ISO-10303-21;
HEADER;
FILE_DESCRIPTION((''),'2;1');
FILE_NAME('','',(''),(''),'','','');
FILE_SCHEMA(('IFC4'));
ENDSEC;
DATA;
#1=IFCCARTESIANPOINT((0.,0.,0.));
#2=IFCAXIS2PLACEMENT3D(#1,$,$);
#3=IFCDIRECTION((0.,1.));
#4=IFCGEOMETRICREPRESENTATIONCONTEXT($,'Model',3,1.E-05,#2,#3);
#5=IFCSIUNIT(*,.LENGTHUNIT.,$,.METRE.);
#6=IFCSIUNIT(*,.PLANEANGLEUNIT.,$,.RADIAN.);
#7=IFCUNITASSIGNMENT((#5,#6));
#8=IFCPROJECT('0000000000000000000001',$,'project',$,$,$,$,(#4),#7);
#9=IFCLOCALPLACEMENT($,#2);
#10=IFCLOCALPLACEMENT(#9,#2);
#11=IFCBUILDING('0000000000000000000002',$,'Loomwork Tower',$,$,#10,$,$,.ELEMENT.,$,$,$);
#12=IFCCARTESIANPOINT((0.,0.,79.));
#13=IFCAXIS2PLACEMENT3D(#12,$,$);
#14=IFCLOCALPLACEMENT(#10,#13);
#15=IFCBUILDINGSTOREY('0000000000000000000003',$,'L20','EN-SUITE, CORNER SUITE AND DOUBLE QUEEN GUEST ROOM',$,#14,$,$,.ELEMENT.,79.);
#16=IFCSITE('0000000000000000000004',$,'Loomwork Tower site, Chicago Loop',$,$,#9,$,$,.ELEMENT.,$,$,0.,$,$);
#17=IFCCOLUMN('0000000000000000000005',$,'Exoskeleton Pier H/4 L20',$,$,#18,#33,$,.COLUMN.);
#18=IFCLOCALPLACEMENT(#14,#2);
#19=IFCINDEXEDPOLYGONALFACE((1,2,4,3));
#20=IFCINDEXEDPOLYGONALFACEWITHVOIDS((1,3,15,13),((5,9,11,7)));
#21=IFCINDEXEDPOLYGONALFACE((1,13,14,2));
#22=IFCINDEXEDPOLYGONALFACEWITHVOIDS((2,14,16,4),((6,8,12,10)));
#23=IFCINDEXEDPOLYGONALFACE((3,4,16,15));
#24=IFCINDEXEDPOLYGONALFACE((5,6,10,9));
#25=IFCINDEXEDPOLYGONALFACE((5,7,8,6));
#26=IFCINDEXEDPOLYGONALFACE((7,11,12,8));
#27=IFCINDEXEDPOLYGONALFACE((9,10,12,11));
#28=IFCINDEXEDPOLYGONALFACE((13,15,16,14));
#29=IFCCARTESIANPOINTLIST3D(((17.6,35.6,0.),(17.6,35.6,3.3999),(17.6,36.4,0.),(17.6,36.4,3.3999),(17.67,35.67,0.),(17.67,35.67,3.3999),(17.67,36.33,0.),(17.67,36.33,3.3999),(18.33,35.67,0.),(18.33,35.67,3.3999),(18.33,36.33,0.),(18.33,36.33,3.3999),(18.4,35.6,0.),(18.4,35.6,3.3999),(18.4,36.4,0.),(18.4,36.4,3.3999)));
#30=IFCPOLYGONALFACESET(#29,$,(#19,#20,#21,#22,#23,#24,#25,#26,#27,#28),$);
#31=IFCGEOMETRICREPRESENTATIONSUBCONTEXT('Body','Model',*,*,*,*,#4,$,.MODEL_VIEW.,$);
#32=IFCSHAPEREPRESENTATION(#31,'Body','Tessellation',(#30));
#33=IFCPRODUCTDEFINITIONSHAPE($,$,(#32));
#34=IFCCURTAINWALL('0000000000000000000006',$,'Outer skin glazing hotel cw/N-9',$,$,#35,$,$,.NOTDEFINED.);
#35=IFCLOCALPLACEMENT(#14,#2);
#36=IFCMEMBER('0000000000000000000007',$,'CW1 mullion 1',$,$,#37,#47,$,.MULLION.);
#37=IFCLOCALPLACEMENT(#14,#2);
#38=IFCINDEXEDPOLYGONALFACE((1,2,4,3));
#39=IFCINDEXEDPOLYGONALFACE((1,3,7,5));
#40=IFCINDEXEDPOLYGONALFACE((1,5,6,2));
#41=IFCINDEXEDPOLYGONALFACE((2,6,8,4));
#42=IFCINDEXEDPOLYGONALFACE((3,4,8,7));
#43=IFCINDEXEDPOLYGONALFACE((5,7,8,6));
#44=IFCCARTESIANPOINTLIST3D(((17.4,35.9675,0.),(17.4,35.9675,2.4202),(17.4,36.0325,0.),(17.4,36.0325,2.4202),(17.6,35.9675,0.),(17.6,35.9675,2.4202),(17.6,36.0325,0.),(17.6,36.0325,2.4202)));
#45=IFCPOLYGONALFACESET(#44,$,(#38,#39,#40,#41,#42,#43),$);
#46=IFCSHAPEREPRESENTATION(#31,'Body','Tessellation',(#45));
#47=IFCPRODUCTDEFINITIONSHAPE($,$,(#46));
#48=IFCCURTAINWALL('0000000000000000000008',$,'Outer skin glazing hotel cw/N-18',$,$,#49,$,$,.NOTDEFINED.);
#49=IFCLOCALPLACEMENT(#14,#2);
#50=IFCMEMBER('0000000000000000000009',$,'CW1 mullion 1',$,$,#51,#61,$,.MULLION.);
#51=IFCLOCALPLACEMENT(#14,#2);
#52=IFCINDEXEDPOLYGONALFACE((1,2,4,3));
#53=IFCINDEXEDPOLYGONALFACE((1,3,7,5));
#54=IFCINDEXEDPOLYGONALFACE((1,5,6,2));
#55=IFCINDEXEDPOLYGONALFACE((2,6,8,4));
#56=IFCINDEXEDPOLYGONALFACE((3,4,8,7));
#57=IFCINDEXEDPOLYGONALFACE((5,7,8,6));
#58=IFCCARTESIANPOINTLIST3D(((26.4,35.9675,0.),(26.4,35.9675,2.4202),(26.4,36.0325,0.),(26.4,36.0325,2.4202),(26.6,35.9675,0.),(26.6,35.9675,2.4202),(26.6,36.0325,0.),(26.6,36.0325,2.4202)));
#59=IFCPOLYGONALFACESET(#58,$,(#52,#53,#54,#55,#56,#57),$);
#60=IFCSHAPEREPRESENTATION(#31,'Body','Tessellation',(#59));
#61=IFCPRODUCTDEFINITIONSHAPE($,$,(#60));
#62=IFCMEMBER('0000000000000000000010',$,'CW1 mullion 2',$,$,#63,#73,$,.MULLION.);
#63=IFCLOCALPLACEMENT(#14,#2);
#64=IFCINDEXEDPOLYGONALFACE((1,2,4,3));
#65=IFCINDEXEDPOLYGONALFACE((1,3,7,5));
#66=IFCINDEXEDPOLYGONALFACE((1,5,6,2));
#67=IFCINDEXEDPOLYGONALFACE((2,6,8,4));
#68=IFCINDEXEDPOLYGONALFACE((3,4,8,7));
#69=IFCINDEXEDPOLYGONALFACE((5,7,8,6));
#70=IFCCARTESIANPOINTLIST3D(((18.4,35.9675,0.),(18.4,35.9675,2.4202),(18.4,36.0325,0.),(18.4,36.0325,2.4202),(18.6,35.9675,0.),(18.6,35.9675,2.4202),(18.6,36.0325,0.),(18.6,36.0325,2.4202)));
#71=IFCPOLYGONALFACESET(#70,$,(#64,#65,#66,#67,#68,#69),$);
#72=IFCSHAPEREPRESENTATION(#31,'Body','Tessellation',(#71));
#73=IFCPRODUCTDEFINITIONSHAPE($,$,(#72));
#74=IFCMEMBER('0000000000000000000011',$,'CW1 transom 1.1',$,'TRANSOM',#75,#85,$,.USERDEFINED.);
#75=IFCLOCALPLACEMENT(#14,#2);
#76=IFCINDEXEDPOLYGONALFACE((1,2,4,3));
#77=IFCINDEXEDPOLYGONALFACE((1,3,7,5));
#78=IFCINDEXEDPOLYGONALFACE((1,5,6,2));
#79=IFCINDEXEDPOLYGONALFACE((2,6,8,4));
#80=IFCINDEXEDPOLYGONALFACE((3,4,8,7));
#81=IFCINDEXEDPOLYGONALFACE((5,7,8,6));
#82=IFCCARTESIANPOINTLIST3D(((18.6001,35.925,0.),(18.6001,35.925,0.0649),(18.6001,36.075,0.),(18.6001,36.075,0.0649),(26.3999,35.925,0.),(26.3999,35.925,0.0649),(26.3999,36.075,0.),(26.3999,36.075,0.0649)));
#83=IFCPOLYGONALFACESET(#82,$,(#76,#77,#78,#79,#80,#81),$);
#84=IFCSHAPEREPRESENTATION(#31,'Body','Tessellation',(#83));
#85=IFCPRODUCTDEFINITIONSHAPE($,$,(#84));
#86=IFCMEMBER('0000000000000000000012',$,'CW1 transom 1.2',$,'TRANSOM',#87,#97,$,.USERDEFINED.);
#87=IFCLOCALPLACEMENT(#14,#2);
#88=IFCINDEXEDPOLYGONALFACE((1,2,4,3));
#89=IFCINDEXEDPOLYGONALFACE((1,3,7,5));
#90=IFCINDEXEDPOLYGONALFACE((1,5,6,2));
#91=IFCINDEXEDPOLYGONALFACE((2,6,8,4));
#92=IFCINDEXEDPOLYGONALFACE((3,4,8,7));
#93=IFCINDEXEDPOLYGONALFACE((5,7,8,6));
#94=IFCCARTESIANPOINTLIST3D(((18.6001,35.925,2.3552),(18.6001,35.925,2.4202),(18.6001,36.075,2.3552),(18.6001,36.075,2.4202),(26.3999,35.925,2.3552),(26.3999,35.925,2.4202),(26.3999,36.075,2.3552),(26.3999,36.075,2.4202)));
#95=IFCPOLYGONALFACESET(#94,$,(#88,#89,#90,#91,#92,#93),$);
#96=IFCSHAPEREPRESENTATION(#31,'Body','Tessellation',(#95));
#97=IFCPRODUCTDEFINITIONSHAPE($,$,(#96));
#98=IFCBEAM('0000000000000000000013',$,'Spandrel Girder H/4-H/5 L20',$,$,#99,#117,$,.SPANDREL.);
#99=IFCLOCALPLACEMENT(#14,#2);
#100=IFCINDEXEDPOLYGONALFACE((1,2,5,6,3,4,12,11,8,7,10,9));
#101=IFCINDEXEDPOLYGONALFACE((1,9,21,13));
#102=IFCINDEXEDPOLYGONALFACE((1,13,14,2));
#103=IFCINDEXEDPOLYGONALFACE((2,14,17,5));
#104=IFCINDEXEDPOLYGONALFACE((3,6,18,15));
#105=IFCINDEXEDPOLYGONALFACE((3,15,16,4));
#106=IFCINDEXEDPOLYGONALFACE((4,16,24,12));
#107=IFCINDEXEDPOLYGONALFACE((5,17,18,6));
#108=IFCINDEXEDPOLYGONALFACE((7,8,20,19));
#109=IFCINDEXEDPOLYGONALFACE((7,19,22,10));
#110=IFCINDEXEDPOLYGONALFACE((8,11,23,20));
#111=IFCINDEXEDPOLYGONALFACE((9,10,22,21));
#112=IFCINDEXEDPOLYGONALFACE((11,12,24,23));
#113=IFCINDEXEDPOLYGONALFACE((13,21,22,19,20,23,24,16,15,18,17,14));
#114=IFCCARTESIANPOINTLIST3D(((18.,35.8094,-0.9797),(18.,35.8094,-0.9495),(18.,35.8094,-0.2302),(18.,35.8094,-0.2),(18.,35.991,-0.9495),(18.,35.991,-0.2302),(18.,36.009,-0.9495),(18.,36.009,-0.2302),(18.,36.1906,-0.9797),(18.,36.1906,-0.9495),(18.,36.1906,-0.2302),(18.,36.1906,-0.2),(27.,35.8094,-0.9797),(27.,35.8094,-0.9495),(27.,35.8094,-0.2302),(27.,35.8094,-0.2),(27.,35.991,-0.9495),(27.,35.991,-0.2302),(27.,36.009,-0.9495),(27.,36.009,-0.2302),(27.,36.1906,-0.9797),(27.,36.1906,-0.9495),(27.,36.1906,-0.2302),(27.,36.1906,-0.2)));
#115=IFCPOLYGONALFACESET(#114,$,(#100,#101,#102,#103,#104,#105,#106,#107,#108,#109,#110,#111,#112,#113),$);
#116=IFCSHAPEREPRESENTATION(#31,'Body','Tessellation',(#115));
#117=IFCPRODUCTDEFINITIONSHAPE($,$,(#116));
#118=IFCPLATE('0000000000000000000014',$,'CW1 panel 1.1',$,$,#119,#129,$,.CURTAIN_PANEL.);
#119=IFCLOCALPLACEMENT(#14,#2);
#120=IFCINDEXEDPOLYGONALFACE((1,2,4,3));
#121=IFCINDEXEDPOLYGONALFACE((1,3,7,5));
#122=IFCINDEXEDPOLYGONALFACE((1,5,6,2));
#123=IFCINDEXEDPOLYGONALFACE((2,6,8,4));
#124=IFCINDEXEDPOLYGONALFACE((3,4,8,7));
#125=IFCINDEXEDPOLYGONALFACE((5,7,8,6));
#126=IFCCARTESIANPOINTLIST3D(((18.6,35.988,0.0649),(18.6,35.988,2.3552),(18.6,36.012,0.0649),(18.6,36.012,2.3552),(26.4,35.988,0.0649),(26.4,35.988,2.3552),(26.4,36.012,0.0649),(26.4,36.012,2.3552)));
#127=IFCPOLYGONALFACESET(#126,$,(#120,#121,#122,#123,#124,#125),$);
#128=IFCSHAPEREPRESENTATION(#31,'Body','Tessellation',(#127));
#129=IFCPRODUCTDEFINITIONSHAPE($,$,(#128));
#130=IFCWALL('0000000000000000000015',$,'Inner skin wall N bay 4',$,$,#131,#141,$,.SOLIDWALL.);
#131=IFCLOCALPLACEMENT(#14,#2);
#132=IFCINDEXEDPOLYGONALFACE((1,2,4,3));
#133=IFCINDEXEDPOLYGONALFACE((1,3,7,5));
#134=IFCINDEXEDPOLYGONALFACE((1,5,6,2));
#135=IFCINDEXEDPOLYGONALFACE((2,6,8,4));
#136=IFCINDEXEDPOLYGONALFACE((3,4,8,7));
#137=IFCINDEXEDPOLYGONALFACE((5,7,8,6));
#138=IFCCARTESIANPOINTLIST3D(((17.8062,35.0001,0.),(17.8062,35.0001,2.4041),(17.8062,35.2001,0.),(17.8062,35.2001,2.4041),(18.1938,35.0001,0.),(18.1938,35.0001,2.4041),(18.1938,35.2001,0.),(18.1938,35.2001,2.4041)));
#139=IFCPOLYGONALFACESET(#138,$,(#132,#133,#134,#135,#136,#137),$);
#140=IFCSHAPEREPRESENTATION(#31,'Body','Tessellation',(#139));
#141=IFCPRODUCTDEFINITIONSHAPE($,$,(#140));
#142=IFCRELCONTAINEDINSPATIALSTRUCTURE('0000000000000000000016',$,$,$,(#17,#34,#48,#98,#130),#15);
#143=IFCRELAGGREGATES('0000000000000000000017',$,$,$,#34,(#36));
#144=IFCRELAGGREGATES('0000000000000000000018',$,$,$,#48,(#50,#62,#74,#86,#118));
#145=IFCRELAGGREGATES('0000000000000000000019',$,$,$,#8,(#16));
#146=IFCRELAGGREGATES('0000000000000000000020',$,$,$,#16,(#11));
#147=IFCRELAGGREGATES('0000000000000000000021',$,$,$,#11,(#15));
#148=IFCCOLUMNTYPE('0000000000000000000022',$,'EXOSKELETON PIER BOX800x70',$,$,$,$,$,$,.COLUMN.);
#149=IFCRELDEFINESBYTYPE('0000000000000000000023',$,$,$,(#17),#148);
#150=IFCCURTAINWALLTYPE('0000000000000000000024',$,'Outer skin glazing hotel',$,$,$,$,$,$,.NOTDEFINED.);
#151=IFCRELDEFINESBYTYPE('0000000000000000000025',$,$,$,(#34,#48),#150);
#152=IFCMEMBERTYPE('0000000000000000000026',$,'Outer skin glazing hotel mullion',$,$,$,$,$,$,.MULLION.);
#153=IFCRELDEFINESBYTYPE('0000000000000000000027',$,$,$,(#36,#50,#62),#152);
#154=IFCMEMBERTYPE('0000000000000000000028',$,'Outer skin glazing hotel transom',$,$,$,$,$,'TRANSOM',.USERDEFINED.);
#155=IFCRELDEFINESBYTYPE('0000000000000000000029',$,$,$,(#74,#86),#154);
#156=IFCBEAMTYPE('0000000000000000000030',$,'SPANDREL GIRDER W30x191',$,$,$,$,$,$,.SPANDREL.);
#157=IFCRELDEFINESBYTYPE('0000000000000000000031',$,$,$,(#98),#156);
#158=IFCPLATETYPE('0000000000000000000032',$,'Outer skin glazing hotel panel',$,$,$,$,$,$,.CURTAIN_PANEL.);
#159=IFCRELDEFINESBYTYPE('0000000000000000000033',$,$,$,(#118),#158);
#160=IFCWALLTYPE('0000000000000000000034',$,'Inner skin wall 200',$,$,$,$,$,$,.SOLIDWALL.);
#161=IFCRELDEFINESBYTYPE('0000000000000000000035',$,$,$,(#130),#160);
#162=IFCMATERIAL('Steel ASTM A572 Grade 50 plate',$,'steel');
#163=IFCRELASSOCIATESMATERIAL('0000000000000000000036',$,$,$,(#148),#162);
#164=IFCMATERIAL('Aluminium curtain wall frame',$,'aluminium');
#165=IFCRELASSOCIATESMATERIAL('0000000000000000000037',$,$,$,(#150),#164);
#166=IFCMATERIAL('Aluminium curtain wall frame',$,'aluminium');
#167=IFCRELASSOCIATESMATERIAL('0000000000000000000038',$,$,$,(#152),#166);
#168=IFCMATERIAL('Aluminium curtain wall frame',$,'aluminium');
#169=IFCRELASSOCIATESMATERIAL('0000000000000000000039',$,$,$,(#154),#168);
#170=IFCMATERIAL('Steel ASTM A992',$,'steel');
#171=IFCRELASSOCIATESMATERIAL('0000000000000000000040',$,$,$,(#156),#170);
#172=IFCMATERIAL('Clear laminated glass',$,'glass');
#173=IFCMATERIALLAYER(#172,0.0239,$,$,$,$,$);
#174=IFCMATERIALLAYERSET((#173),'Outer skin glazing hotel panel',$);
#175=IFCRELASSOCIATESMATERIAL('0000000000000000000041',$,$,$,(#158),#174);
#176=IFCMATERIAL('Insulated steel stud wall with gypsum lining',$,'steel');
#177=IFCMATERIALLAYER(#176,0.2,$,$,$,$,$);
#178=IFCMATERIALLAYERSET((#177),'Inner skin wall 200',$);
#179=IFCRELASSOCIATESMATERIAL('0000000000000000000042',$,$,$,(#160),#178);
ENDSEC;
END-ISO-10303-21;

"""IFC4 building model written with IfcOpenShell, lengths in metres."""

from ifc_helpers import new_model, si_unit, direction, frame, frame_2d, origin, origin_2d, place, context, subcontext, project, spatial, rectangle, hollow_rectangle, i_section, extrude, material, layer, layer_set, material_profile, profile_set, type_object, element, aggregate, save


model = new_model("IFC4")

# Units and contexts
model_context = context("Model", 3, precision=1e-05, world=origin(), true_north=direction((0.0, 1.0)))
body_context = subcontext(model_context, "Body", "Model", "MODEL_VIEW")
ifc_project = project(units=[si_unit("LENGTHUNIT", "METRE"), si_unit("PLANEANGLEUNIT", "RADIAN")], contexts=[model_context])

# Site, building, storey
site_placement = place(None, origin())
site = spatial("IfcSite", under=ifc_project, at=site_placement, Name="Loomwork Tower site, Chicago Loop", CompositionType="ELEMENT", RefElevation=0.0)
building_placement = place(site_placement, origin())
building = spatial("IfcBuilding", under=site, at=building_placement, Name="Loomwork Tower", CompositionType="ELEMENT")
storey_placement = place(building_placement, frame((0.0, 0.0, 79.0)))
storey = spatial("IfcBuildingStorey", under=building, at=storey_placement, Name="L20", Description="EN-SUITE, CORNER SUITE AND DOUBLE QUEEN GUEST ROOM", CompositionType="ELEMENT", Elevation=79.0)

# Column
ifc_material_1 = material(Name="Steel ASTM A572 Grade 50 plate", Category="steel")
ifc_material_profile_1 = material_profile(ifc_material_1, hollow_rectangle(XDim=0.8, YDim=0.8, WallThickness=0.0701, at=origin_2d()), Name="BOX800x70")
ifc_profile_set_1 = profile_set([ifc_material_profile_1], Name="Steel ASTM A572 Grade 50 plate")
column_type = type_object("IfcColumnType", Name="EXOSKELETON PIER BOX800x70", PredefinedType="COLUMN", material=ifc_profile_set_1)
column_placement = place(storey_placement, frame((18.0, 36.0, 0.0), z_axis=(0.0, 0.0, 1.0), x_axis=(1.0, 0.0, 0.0)))
element("IfcColumn", 1, at=column_placement, inside=storey, type_object=column_type, Name="Exoskeleton Pier H/4 L20", PredefinedType="COLUMN", context=body_context, shape_type="SweptSolid", body=[
    extrude(hollow_rectangle(XDim=0.8, YDim=0.8, WallThickness=0.0701, at=origin_2d()), origin(), (0.0, 0.0, 1.0), 3.3999),
])

# Curtain wall, member
ifc_material_2 = material(Name="Aluminium curtain wall frame", Category="aluminium")
curtain_wall_type = type_object("IfcCurtainWallType", Name="Outer skin glazing hotel", PredefinedType="NOTDEFINED", material=ifc_material_2)
curtain_wall_1_placement = place(storey_placement, origin())
curtain_wall_1 = element("IfcCurtainWall", 2, at=curtain_wall_1_placement, inside=storey, type_object=curtain_wall_type, Name="Outer skin glazing hotel cw/N-9", PredefinedType="NOTDEFINED")
ifc_material_3 = material(Name="Aluminium curtain wall frame", Category="aluminium")
ifc_material_profile_2 = material_profile(ifc_material_3, rectangle(XDim=0.0649, YDim=0.2, at=origin_2d()), Name="AL 65x200")
ifc_profile_set_2 = profile_set([ifc_material_profile_2], Name="Aluminium curtain wall frame")
member_type_1 = type_object("IfcMemberType", Name="Outer skin glazing hotel mullion", PredefinedType="MULLION", material=ifc_profile_set_2)
member_1_placement = place(storey_placement, frame((17.5, 36.0, 0.0), z_axis=(0.0, 0.0, 1.0), x_axis=(0.0, -1.0, 0.0)))
member_1 = element("IfcMember", 3, at=member_1_placement, type_object=member_type_1, Name="CW1 mullion 1", PredefinedType="MULLION", context=body_context, shape_type="SweptSolid", body=[
    extrude(rectangle(XDim=0.0649, YDim=0.2, at=origin_2d()), origin(), (0.0, 0.0, 1.0), 2.4202),
])
aggregate(curtain_wall_1, [member_1])

# Curtain wall, members
curtain_wall_2_placement = place(storey_placement, origin())
curtain_wall_2 = element("IfcCurtainWall", 4, at=curtain_wall_2_placement, inside=storey, type_object=curtain_wall_type, Name="Outer skin glazing hotel cw/N-18", PredefinedType="NOTDEFINED")
member_2_placement = place(storey_placement, frame((26.5, 36.0, 0.0), z_axis=(0.0, 0.0, 1.0), x_axis=(0.0, -1.0, 0.0)))
member_2 = element("IfcMember", 5, at=member_2_placement, type_object=member_type_1, Name="CW1 mullion 1", PredefinedType="MULLION", context=body_context, shape_type="SweptSolid", body=[
    extrude(rectangle(XDim=0.0649, YDim=0.2, at=origin_2d()), origin(), (0.0, 0.0, 1.0), 2.4202),
])
member_3_placement = place(storey_placement, frame((18.5, 36.0, 0.0), z_axis=(0.0, 0.0, 1.0), x_axis=(0.0, -1.0, 0.0)))
member_3 = element("IfcMember", 6, at=member_3_placement, type_object=member_type_1, Name="CW1 mullion 2", PredefinedType="MULLION", context=body_context, shape_type="SweptSolid", body=[
    extrude(rectangle(XDim=0.0649, YDim=0.2, at=origin_2d()), origin(), (0.0, 0.0, 1.0), 2.4202),
])
ifc_material_4 = material(Name="Aluminium curtain wall frame", Category="aluminium")
ifc_material_profile_3 = material_profile(ifc_material_4, rectangle(XDim=0.1499, YDim=0.0649, at=origin_2d()), Name="AL 65x150")
ifc_profile_set_3 = profile_set([ifc_material_profile_3], Name="Aluminium curtain wall frame")
member_type_2 = type_object("IfcMemberType", Name="Outer skin glazing hotel transom", ElementType="TRANSOM", PredefinedType="USERDEFINED", material=ifc_profile_set_3)
member_4_placement = place(storey_placement, frame((26.3999, 36.0, 0.0325), z_axis=(-1.0, 0.0, 0.0), x_axis=(0.0, -1.0, 0.0)))
member_4 = element("IfcMember", 7, at=member_4_placement, type_object=member_type_2, Name="CW1 transom 1.1", ObjectType="TRANSOM", PredefinedType="USERDEFINED", context=body_context, shape_type="SweptSolid", body=[
    extrude(rectangle(XDim=0.1499, YDim=0.0649, at=origin_2d()), origin(), (0.0, 0.0, 1.0), 7.7998),
])
member_5_placement = place(storey_placement, frame((26.3999, 36.0, 2.3877), z_axis=(-1.0, 0.0, 0.0), x_axis=(0.0, -1.0, 0.0)))
member_5 = element("IfcMember", 8, at=member_5_placement, type_object=member_type_2, Name="CW1 transom 1.2", ObjectType="TRANSOM", PredefinedType="USERDEFINED", context=body_context, shape_type="SweptSolid", body=[
    extrude(rectangle(XDim=0.1499, YDim=0.0649, at=origin_2d()), origin(), (0.0, 0.0, 1.0), 7.7998),
])

# Beam
ifc_material_5 = material(Name="Steel ASTM A992", Category="steel")
ifc_material_profile_4 = material_profile(ifc_material_5, i_section(OverallWidth=0.3811, OverallDepth=0.7798, WebThickness=0.0181, FlangeThickness=0.0303, at=origin_2d()), Name="W30x191")
ifc_profile_set_4 = profile_set([ifc_material_profile_4], Name="Steel ASTM A992")
beam_type = type_object("IfcBeamType", Name="SPANDREL GIRDER W30x191", PredefinedType="SPANDREL", material=ifc_profile_set_4)
beam_placement = place(storey_placement, frame((18.0, 36.0, -0.5898), z_axis=(1.0, 0.0, 0.0), x_axis=(0.0, 1.0, 0.0)))
element("IfcBeam", 9, at=beam_placement, inside=storey, type_object=beam_type, Name="Spandrel Girder H/4-H/5 L20", PredefinedType="SPANDREL", context=body_context, shape_type="SweptSolid", body=[
    extrude(i_section(OverallWidth=0.3811, OverallDepth=0.7798, WebThickness=0.0181, FlangeThickness=0.0303, at=origin_2d()), origin(), (0.0, 0.0, 1.0), 9.0),
])

# Plate
ifc_material_6 = material(Name="Clear laminated glass", Category="glass")
ifc_layer_1 = layer(ifc_material_6, 0.0239)
ifc_layer_set_1 = layer_set([ifc_layer_1], Name="Outer skin glazing hotel panel")
plate_type = type_object("IfcPlateType", Name="Outer skin glazing hotel panel", PredefinedType="CURTAIN_PANEL", material=ifc_layer_set_1)
plate_placement = place(storey_placement, frame((22.5, 36.0, 0.0649), z_axis=(0.0, 0.0, 1.0), x_axis=(-1.0, 0.0, 0.0)))
plate = element("IfcPlate", 10, at=plate_placement, type_object=plate_type, Name="CW1 panel 1.1", PredefinedType="CURTAIN_PANEL", context=body_context, shape_type="SweptSolid", body=[
    extrude(rectangle(XDim=7.8, YDim=0.0239, at=origin_2d()), origin(), (0.0, 0.0, 1.0), 2.2903),
])
aggregate(curtain_wall_2, [member_2, member_3, member_4, member_5, plate])

# Wall
ifc_material_7 = material(Name="Insulated steel stud wall with gypsum lining", Category="steel")
ifc_layer_2 = layer(ifc_material_7, 0.2)
ifc_layer_set_2 = layer_set([ifc_layer_2], Name="Inner skin wall 200")
wall_type = type_object("IfcWallType", Name="Inner skin wall 200", PredefinedType="SOLIDWALL", material=ifc_layer_set_2)
wall_1_placement = place(storey_placement, frame((17.8062, 35.1001, 0.0), z_axis=(0.0, 0.0, 1.0), x_axis=(1.0, 0.0, 0.0)))
element("IfcWall", 11, at=wall_1_placement, inside=storey, type_object=wall_type, Name="Inner skin wall N bay 4", PredefinedType="SOLIDWALL", context=body_context, shape_type="SweptSolid", body=[
    extrude(rectangle(XDim=0.3877, YDim=0.2, at=frame_2d((0.1938, 0.0))), origin(), (0.0, 0.0, 1.0), 2.4041),
])

save(model, "model.ifc")
